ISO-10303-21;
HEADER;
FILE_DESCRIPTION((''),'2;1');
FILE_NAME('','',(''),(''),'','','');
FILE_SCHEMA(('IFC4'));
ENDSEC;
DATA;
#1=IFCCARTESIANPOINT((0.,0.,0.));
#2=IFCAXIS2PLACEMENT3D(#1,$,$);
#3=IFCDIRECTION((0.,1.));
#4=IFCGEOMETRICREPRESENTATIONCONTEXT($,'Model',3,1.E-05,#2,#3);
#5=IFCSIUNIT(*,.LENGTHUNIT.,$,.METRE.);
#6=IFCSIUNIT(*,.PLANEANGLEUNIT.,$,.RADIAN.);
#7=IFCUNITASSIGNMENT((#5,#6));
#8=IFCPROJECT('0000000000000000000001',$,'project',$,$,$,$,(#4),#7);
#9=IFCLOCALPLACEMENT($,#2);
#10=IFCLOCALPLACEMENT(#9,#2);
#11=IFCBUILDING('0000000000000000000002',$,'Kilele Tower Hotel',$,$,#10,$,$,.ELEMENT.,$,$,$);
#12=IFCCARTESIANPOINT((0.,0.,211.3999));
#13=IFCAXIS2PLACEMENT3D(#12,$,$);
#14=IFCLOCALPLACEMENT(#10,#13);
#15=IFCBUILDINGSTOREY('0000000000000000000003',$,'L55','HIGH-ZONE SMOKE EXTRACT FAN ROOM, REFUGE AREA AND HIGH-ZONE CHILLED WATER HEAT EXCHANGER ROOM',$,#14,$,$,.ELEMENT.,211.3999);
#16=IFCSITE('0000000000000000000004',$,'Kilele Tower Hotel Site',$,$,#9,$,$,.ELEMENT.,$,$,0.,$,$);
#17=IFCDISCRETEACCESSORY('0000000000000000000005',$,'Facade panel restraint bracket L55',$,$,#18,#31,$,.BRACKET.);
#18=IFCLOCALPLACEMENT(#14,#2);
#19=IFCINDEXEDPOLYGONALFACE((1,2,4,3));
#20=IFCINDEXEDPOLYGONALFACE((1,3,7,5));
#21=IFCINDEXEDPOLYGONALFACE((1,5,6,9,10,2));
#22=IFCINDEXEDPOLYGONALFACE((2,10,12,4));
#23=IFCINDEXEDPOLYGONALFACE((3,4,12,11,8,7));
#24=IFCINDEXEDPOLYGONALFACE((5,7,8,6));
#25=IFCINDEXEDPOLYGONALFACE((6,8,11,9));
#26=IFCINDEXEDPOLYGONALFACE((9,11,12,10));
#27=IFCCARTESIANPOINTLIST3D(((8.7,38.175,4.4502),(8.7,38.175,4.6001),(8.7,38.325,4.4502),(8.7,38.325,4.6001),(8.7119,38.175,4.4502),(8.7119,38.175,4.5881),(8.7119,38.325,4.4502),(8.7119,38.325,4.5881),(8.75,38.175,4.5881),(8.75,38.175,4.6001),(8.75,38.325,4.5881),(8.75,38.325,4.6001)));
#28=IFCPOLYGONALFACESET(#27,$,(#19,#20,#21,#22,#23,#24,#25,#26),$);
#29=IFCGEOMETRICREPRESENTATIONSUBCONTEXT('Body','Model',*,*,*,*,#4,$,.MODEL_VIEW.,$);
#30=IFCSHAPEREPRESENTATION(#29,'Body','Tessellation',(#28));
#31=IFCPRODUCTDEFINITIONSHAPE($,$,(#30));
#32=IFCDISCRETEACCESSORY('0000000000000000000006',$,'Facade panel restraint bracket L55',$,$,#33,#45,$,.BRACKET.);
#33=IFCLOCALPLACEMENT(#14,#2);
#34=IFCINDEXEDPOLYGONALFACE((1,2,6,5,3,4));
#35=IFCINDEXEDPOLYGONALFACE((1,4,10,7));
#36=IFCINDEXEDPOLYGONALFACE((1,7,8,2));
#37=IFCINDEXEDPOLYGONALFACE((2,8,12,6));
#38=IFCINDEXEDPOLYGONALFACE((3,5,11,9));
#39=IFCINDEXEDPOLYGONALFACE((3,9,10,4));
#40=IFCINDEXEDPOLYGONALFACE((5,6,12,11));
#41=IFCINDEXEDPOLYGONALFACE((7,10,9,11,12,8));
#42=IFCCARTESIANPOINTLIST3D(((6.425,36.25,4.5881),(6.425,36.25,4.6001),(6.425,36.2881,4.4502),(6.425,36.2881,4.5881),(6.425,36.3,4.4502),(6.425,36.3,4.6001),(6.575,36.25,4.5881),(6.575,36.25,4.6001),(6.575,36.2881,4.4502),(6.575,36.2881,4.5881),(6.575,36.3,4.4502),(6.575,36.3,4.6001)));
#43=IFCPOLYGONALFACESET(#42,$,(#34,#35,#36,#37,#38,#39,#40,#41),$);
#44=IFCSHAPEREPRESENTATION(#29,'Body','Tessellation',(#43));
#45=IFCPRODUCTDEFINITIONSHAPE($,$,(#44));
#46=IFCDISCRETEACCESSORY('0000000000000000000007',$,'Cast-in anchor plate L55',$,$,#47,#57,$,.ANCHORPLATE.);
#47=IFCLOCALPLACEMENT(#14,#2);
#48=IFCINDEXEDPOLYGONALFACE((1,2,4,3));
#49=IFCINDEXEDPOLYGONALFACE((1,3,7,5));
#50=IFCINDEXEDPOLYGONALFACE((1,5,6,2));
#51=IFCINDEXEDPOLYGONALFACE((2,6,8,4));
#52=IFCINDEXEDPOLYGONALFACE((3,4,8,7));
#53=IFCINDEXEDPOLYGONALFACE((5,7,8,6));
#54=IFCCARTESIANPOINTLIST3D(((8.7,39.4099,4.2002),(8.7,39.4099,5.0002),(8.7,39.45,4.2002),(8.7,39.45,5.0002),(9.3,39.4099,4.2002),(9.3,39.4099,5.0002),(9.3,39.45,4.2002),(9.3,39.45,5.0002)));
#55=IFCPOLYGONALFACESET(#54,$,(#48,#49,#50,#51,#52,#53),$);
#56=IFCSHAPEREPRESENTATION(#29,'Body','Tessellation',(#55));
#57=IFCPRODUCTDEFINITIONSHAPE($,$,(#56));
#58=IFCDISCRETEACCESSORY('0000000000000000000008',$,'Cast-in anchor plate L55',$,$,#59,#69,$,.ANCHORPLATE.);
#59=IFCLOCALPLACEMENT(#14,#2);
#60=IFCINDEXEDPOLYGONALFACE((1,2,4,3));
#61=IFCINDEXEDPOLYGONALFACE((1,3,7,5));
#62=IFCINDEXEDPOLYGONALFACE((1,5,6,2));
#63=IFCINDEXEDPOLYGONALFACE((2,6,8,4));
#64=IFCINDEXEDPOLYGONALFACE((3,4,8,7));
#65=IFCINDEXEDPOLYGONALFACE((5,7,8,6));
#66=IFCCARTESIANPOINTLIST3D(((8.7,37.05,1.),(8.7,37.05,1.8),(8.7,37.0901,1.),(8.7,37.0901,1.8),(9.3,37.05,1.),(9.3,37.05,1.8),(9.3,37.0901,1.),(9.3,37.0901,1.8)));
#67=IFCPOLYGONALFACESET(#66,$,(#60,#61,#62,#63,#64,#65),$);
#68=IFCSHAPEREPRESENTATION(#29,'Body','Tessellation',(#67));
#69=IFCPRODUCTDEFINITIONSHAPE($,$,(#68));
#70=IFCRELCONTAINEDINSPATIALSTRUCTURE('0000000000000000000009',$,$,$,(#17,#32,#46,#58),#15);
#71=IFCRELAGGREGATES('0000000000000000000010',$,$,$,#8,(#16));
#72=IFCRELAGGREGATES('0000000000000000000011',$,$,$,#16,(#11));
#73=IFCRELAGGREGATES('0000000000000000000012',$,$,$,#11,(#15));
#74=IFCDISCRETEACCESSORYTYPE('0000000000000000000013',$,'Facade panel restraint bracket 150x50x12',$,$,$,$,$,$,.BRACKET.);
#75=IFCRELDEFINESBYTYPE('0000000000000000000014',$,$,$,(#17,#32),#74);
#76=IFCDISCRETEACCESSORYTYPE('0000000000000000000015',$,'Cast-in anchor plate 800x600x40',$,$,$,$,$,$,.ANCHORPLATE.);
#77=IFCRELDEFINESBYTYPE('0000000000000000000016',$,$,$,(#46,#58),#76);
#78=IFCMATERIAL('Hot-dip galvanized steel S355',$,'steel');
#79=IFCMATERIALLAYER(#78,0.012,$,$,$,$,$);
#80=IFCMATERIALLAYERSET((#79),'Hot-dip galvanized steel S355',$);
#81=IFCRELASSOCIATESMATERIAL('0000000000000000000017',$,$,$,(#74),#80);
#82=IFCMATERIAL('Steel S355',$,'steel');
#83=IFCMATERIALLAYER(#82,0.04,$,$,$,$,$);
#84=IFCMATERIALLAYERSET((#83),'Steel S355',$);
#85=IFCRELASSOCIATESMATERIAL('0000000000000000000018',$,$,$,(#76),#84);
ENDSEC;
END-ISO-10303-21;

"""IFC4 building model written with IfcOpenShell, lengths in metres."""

from ifc_helpers import new_model, si_unit, direction, frame, origin, place, context, subcontext, project, spatial, polyline, outline, extrude, source, transform, mapped, material, layer, layer_set, type_object, element, save


model = new_model("IFC4")

# Units and contexts
model_context = context("Model", 3, precision=1e-05, world=origin(), true_north=direction((0.0, 1.0)))
body_context = subcontext(model_context, "Body", "Model", "MODEL_VIEW")
ifc_project = project(units=[si_unit("LENGTHUNIT", "METRE"), si_unit("PLANEANGLEUNIT", "RADIAN")], contexts=[model_context])

# Site, building, storey
site_placement = place(None, origin())
site = spatial("IfcSite", under=ifc_project, at=site_placement, Name="Kilele Tower Hotel Site", CompositionType="ELEMENT", RefElevation=0.0)
building_placement = place(site_placement, origin())
building = spatial("IfcBuilding", under=site, at=building_placement, Name="Kilele Tower Hotel", CompositionType="ELEMENT")
storey_placement = place(building_placement, frame((0.0, 0.0, 211.3999)))
storey = spatial("IfcBuildingStorey", under=building, at=storey_placement, Name="L55", Description="HIGH-ZONE SMOKE EXTRACT FAN ROOM, REFUGE AREA AND HIGH-ZONE CHILLED WATER HEAT EXCHANGER ROOM", CompositionType="ELEMENT", Elevation=211.3999)

# Discrete accessories
ifc_material_1 = material(Name="Hot-dip galvanized steel S355", Category="steel")
ifc_layer_1 = layer(ifc_material_1, 0.012)
ifc_layer_set_1 = layer_set([ifc_layer_1], Name="Hot-dip galvanized steel S355")
discrete_accessory_type_1 = type_object("IfcDiscreteAccessoryType", Name="Facade panel restraint bracket 150x50x12", PredefinedType="BRACKET", material=ifc_layer_set_1)
shared_shape_1 = source(origin(), body_context, "Body", "SweptSolid", [
    extrude(outline(polyline([(0.0, 0.0), (0.0, -0.1499), (-0.012, -0.1499), (-0.012, -0.012), (-0.05, -0.012), (-0.05, 0.0), (0.0, 0.0)])), origin(), (0.0, 0.0, 1.0), 0.1499),
])
for number, where, z_axis, x_axis, name in (
    (1, (8.7, 38.175, 4.6001), (0.0, 1.0, 0.0), (-1.0, 0.0, 0.0), "Facade panel restraint bracket L55"),
    (2, (6.425, 36.3, 4.6001), (1.0, 0.0, 0.0), (0.0, 1.0, 0.0), "Facade panel restraint bracket L55"),
):
    element("IfcDiscreteAccessory", number, at=place(storey_placement, frame(where, z_axis=z_axis, x_axis=x_axis)), inside=storey, type_object=discrete_accessory_type_1, Name=name, PredefinedType="BRACKET", context=body_context, shape_type="MappedRepresentation", body=[
        mapped(shared_shape_1, transform((0.0, 0.0, 0.0))),
    ])
ifc_material_2 = material(Name="Steel S355", Category="steel")
ifc_layer_2 = layer(ifc_material_2, 0.04)
ifc_layer_set_2 = layer_set([ifc_layer_2], Name="Steel S355")
discrete_accessory_type_2 = type_object("IfcDiscreteAccessoryType", Name="Cast-in anchor plate 800x600x40", PredefinedType="ANCHORPLATE", material=ifc_layer_set_2)
shared_shape_2 = source(origin(), body_context, "Body", "SweptSolid", [
    extrude(outline(polyline([(0.0, 0.0), (0.04, 0.0), (0.04, 0.8), (0.0, 0.8), (0.0, 0.0)])), origin(), (0.0, 0.0, 1.0), 0.6001),
])
for number, where, z_axis, x_axis, name in (
    (3, (9.3, 39.45, 4.2002), (-1.0, 0.0, 0.0), (0.0, -1.0, 0.0), "Cast-in anchor plate L55"),
    (4, (8.7, 37.05, 1.0), (1.0, 0.0, 0.0), (0.0, 1.0, 0.0), "Cast-in anchor plate L55"),
):
    element("IfcDiscreteAccessory", number, at=place(storey_placement, frame(where, z_axis=z_axis, x_axis=x_axis)), inside=storey, type_object=discrete_accessory_type_2, Name=name, PredefinedType="ANCHORPLATE", context=body_context, shape_type="MappedRepresentation", body=[
        mapped(shared_shape_2, transform((0.0, 0.0, 0.0))),
    ])

save(model, "model.ifc")
